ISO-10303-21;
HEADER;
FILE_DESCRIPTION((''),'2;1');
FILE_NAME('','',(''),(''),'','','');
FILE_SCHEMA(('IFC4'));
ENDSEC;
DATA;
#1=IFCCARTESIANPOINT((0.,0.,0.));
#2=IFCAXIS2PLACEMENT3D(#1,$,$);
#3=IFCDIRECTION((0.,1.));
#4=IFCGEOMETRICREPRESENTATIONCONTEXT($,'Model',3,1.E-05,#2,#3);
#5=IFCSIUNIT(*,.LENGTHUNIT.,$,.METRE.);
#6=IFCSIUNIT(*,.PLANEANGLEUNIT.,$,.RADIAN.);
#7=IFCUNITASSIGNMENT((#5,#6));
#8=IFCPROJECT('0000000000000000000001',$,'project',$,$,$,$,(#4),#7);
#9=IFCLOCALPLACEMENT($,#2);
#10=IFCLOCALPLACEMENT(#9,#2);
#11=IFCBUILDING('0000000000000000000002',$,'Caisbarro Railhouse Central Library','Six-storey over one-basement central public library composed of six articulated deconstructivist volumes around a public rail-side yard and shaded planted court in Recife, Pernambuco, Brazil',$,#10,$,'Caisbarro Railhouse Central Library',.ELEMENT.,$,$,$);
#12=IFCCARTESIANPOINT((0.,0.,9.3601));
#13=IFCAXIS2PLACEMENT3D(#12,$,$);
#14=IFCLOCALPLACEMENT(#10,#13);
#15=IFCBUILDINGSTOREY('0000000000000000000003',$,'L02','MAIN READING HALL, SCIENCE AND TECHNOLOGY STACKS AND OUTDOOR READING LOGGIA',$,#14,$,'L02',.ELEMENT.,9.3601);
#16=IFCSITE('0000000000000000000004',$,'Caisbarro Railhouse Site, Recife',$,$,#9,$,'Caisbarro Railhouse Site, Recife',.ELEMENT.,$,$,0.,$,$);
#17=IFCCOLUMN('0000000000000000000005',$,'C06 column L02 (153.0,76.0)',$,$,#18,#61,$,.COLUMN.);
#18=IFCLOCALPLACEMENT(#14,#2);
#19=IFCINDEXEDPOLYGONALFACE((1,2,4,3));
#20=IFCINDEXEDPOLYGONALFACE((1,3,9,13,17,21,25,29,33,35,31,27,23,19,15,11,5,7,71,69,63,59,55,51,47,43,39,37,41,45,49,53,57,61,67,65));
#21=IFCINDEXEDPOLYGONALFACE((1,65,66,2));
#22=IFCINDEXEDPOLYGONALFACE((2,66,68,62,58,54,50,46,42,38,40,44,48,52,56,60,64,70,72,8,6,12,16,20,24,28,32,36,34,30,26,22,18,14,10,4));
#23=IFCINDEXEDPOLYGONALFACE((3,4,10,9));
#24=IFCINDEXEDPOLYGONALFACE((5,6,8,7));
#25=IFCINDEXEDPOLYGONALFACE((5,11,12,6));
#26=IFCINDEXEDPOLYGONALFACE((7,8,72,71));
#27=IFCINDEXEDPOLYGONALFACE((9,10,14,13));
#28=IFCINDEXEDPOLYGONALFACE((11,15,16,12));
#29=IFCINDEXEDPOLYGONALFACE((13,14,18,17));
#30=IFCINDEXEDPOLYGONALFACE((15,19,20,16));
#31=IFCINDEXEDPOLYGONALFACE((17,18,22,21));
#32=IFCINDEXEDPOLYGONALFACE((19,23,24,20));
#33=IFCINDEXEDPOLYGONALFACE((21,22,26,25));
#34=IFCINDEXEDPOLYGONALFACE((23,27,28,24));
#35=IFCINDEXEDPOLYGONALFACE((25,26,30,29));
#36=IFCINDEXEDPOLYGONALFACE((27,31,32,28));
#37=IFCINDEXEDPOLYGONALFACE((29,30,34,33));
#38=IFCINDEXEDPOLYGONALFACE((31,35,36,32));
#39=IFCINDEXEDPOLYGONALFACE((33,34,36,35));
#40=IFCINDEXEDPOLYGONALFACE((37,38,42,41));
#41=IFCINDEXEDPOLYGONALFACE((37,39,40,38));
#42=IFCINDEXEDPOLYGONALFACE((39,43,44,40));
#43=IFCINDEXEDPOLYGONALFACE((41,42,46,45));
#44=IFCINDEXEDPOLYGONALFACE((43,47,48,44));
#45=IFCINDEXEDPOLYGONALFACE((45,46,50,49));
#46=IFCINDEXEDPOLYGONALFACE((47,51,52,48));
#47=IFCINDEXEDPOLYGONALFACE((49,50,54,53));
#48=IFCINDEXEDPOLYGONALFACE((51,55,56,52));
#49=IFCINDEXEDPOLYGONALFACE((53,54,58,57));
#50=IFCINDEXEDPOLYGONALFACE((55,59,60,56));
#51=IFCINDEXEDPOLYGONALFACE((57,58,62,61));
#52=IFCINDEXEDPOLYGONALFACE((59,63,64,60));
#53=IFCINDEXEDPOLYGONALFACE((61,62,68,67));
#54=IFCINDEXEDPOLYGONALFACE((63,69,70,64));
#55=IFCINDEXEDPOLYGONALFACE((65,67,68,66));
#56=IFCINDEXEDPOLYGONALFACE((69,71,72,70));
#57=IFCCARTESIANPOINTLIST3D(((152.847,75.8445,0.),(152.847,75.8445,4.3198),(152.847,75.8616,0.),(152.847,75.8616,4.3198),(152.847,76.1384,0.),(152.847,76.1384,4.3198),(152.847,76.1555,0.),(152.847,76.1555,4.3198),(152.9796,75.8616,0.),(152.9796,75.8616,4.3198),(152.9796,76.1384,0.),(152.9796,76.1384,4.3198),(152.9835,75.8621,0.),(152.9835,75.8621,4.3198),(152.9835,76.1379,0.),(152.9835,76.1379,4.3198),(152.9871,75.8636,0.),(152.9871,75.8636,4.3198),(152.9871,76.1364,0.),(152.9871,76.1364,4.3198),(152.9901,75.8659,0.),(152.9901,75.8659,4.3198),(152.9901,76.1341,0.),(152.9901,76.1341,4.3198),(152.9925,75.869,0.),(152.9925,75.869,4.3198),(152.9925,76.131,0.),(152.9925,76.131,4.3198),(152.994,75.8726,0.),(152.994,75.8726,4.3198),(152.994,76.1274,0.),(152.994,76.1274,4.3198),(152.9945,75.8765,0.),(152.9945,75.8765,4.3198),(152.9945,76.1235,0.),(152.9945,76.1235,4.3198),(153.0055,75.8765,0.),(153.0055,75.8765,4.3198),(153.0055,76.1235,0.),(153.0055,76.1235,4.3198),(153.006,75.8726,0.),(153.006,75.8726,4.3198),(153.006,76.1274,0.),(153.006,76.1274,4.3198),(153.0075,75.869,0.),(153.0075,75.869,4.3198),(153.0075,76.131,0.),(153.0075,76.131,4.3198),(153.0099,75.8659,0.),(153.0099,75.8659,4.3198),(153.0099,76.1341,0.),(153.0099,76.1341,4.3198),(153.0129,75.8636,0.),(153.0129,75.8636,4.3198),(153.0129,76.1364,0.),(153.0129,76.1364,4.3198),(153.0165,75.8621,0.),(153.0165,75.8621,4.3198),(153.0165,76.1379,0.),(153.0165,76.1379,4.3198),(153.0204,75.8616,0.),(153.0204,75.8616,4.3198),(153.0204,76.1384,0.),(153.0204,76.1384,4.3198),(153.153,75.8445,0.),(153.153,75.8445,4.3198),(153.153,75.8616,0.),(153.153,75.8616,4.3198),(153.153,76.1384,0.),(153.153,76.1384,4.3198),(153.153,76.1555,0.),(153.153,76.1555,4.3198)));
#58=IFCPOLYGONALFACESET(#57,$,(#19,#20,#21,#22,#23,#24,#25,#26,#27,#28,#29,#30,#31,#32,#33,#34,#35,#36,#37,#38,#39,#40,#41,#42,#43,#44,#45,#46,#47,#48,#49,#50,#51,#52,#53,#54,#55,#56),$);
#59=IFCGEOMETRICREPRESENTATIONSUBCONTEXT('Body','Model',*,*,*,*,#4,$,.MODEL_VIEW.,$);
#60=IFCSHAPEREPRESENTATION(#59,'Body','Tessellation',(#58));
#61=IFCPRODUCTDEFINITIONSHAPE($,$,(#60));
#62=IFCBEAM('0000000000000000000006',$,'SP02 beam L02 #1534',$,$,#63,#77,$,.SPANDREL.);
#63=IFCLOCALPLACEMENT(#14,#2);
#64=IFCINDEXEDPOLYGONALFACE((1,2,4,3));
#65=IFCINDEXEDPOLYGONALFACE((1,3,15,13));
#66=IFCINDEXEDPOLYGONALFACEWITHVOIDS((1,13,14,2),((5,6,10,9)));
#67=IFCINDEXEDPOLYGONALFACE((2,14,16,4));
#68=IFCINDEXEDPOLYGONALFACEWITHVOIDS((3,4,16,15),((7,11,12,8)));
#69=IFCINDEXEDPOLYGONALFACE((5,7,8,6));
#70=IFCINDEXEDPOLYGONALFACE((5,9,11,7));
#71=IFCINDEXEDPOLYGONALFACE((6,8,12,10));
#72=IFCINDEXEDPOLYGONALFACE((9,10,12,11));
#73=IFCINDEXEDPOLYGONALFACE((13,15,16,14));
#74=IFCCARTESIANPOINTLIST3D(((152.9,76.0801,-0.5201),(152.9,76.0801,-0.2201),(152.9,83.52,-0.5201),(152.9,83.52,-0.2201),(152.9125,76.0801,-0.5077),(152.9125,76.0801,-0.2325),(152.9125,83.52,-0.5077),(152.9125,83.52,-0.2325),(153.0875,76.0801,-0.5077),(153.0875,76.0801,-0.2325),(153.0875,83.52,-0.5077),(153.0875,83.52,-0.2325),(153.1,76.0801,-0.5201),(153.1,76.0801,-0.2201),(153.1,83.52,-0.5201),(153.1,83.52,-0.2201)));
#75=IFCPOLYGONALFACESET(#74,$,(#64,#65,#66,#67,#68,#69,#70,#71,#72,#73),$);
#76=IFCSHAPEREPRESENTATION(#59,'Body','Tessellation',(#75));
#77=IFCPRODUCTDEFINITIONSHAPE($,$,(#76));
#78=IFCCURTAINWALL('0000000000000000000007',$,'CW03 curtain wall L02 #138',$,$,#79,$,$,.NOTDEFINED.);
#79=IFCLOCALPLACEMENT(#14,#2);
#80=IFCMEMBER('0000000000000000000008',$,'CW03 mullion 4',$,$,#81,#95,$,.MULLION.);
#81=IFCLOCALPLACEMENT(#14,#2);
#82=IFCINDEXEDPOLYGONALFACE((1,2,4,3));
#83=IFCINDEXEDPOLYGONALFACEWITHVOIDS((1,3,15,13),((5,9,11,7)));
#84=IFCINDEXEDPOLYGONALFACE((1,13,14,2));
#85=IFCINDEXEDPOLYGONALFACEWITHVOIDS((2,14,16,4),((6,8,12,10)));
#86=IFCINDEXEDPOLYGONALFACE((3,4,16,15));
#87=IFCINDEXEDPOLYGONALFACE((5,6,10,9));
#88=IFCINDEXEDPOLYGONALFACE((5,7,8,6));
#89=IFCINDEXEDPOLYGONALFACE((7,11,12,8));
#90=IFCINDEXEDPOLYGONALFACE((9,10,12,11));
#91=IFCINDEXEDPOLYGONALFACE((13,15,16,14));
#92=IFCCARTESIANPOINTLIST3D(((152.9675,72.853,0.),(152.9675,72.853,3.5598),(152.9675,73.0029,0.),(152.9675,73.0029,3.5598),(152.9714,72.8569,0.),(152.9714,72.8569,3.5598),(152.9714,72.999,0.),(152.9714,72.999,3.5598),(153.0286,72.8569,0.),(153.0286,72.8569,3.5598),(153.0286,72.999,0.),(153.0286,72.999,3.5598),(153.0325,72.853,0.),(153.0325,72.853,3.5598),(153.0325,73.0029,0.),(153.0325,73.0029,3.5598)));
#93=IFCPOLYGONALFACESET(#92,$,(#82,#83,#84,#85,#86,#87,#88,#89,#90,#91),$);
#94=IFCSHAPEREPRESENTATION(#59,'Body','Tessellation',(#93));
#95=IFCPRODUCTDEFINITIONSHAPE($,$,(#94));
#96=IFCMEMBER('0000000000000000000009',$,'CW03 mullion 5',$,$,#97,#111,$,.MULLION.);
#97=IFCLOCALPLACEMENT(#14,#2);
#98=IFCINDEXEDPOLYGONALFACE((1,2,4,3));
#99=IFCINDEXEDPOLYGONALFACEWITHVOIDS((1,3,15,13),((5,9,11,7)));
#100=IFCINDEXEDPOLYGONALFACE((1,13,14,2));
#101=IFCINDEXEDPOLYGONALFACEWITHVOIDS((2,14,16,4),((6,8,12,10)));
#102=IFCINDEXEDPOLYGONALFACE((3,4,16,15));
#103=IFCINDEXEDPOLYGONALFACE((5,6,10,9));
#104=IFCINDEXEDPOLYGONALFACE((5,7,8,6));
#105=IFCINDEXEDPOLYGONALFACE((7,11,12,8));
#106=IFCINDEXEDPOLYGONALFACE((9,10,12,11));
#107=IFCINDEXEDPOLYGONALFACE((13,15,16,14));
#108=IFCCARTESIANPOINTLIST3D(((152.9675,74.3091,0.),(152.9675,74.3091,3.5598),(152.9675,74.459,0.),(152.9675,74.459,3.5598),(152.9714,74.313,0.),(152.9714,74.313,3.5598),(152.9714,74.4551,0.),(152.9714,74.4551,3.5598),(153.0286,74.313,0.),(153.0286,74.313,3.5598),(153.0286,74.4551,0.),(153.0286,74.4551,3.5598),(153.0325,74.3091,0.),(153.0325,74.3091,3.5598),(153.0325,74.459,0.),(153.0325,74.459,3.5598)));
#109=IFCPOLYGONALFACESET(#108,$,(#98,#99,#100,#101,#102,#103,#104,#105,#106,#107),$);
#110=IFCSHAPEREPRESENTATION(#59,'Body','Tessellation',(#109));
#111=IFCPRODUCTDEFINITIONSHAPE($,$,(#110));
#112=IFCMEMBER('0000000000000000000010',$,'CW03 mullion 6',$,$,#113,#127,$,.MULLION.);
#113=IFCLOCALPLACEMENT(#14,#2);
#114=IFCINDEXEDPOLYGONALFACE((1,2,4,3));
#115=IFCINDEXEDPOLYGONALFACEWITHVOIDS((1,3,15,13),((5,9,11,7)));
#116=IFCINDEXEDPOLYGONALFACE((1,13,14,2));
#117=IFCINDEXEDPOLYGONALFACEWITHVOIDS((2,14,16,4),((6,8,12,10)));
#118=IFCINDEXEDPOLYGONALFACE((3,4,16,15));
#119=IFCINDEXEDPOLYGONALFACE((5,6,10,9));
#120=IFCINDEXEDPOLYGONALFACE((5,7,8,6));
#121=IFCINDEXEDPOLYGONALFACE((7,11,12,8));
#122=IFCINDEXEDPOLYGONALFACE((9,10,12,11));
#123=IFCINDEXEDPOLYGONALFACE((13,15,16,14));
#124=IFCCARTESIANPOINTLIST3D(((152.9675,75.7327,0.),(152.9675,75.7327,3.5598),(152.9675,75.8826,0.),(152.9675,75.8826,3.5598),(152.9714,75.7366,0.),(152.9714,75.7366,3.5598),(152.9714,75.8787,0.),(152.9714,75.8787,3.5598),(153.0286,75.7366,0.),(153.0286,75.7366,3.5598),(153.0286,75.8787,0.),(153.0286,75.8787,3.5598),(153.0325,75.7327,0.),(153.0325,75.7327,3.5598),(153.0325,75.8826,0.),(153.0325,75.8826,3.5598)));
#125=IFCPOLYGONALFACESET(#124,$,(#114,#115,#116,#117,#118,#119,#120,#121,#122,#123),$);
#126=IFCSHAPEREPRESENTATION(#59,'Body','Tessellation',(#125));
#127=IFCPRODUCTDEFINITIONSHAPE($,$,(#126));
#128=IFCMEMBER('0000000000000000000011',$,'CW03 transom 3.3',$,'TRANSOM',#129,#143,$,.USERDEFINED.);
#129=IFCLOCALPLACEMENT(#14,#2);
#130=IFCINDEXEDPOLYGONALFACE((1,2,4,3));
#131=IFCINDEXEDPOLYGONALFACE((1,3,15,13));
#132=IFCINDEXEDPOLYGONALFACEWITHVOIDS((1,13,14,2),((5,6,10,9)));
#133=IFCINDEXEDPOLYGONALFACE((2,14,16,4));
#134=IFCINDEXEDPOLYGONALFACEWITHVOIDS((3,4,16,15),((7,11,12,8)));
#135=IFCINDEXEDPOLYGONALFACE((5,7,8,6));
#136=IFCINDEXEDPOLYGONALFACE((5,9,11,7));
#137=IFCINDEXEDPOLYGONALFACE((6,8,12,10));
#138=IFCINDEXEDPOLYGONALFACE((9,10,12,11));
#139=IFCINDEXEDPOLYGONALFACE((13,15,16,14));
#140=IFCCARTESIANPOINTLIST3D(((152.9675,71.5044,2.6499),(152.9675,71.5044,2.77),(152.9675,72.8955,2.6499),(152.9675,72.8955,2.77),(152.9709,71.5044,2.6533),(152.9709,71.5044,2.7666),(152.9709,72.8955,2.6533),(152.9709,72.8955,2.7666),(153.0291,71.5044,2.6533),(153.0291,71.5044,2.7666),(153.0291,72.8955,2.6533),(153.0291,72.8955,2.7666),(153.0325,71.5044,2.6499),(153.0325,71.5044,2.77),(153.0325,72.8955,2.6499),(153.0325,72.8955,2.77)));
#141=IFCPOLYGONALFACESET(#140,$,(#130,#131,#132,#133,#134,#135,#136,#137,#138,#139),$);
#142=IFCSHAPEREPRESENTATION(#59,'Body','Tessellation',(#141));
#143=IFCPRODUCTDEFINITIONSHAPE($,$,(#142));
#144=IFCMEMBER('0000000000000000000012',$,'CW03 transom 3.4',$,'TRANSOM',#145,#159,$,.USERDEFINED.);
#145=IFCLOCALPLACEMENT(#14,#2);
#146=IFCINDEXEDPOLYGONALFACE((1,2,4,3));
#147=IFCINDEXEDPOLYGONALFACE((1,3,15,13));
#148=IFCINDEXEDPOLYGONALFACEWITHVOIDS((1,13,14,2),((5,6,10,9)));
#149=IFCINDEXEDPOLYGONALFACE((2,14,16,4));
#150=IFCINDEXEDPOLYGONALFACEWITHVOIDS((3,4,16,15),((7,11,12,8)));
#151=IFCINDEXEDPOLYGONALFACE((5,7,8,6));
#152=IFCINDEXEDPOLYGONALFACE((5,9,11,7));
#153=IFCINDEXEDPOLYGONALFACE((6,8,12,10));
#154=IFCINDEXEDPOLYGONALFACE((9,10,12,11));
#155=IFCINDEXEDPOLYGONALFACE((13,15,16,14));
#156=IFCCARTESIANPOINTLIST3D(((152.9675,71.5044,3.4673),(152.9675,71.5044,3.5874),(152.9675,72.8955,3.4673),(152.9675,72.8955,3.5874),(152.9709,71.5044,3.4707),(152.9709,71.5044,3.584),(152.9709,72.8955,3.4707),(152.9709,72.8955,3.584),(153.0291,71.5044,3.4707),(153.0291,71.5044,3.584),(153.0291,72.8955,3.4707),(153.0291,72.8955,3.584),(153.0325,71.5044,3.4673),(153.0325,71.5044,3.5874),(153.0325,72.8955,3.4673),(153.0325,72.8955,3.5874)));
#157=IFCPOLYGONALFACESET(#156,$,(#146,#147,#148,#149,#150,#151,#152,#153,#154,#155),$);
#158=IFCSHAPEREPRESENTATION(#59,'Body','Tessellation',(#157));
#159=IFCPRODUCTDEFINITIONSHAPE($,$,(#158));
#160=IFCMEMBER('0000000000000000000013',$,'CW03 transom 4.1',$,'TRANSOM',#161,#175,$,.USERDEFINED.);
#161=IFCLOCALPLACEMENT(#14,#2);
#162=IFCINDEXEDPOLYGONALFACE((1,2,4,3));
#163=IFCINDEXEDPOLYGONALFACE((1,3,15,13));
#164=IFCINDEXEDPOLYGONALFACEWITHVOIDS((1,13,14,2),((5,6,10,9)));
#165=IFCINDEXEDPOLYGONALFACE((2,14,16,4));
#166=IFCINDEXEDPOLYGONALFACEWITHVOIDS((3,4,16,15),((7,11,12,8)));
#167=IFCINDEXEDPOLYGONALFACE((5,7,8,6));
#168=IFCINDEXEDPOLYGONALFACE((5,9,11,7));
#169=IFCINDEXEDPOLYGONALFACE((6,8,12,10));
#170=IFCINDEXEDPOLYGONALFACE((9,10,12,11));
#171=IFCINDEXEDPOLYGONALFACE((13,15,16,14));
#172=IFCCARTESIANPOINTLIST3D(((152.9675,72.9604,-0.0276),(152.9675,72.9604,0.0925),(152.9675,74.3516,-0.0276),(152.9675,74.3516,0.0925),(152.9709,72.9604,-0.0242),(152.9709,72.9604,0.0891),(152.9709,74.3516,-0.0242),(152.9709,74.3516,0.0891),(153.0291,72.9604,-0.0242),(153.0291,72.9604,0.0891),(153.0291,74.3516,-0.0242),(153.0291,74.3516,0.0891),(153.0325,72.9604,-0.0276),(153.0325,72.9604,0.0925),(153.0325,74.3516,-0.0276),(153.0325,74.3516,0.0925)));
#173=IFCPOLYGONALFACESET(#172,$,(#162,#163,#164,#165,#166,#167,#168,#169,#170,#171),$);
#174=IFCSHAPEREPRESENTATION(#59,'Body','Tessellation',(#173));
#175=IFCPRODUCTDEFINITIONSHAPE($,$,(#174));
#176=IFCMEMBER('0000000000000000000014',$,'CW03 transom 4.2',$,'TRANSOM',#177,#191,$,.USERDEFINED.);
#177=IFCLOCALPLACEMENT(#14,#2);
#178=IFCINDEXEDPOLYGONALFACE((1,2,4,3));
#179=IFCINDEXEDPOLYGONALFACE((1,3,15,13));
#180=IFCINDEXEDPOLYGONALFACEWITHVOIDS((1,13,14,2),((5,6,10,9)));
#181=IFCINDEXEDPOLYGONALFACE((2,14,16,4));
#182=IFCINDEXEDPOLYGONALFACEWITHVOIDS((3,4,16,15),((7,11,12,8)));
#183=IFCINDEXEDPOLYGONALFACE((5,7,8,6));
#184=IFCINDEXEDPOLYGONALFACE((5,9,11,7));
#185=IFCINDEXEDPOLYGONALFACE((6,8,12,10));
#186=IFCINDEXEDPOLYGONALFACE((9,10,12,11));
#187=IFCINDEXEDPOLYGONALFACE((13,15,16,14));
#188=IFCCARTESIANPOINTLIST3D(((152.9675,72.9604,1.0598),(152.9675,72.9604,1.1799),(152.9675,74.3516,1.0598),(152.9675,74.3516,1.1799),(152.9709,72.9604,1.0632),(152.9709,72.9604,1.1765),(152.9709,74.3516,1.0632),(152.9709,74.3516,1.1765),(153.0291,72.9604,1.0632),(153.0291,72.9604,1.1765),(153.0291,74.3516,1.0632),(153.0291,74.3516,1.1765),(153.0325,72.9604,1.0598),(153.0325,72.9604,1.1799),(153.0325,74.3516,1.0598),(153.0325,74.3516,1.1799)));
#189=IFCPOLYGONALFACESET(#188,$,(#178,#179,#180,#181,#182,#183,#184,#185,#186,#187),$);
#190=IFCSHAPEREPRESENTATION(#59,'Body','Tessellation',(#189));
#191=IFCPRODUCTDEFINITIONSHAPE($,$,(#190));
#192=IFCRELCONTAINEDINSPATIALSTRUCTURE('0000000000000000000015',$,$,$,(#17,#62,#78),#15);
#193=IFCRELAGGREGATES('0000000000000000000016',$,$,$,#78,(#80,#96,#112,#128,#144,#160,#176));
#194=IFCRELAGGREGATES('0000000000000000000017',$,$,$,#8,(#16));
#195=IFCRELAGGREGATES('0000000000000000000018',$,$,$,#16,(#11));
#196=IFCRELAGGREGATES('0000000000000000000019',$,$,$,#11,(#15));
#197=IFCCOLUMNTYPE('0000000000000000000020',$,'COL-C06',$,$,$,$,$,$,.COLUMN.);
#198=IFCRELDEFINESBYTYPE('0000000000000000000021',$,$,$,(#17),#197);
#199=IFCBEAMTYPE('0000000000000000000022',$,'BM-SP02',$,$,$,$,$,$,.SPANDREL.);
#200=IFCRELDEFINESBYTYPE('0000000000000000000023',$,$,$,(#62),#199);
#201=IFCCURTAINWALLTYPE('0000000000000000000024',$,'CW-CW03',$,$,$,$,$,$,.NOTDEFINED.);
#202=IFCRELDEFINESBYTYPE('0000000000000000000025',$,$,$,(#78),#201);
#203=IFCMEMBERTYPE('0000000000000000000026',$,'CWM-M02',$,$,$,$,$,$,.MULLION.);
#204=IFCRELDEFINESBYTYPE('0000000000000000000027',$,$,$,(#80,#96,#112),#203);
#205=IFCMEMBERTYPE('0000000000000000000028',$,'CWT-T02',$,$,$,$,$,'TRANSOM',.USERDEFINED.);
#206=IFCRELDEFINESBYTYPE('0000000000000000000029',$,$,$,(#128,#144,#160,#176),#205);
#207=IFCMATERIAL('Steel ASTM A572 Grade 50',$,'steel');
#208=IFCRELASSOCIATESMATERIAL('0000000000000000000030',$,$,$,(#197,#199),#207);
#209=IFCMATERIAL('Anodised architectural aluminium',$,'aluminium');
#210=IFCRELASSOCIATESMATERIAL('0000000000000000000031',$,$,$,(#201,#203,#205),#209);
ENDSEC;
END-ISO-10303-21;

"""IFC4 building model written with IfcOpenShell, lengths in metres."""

from ifc_helpers import new_model, si_unit, direction, frame, origin, origin_2d, place, context, subcontext, project, spatial, hollow_rectangle, i_section, extrude, material, material_profile, profile_set, type_object, element, aggregate, save


model = new_model("IFC4")

# Units and contexts
model_context = context("Model", 3, precision=1e-05, world=origin(), true_north=direction((0.0, 1.0)))
body_context = subcontext(model_context, "Body", "Model", "MODEL_VIEW")
ifc_project = project(units=[si_unit("LENGTHUNIT", "METRE"), si_unit("PLANEANGLEUNIT", "RADIAN")], contexts=[model_context])

# Site, building, storey
site_placement = place(None, origin())
site = spatial("IfcSite", under=ifc_project, at=site_placement, Name="Caisbarro Railhouse Site, Recife", LongName="Caisbarro Railhouse Site, Recife", CompositionType="ELEMENT", RefElevation=0.0)
building_placement = place(site_placement, origin())
building = spatial("IfcBuilding", under=site, at=building_placement, Name="Caisbarro Railhouse Central Library", Description="Six-storey over one-basement central public library composed of six articulated deconstructivist volumes around a public rail-side yard and shaded planted court in Recife, Pernambuco, Brazil", LongName="Caisbarro Railhouse Central Library", CompositionType="ELEMENT")
storey_placement = place(building_placement, frame((0.0, 0.0, 9.3601)))
storey = spatial("IfcBuildingStorey", under=building, at=storey_placement, Name="L02", Description="MAIN READING HALL, SCIENCE AND TECHNOLOGY STACKS AND OUTDOOR READING LOGGIA", LongName="L02", CompositionType="ELEMENT", Elevation=9.3601)

# Column
ifc_material_1 = material(Name="Steel ASTM A572 Grade 50", Category="steel")
ifc_material_profile_1 = material_profile(ifc_material_1, i_section(OverallWidth=0.3059, OverallDepth=0.311, WebThickness=0.011, FlangeThickness=0.0171, FilletRadius=0.0149, at=origin_2d()), Name="W310X107.0")
ifc_profile_set_1 = profile_set([ifc_material_profile_1], Name="Steel ASTM A572 Grade 50")
column_type = type_object("IfcColumnType", Name="COL-C06", PredefinedType="COLUMN", material=ifc_profile_set_1)
column_placement = place(storey_placement, frame((153.0, 76.0, 0.0), z_axis=(0.0, 0.0, 1.0), x_axis=(1.0, 0.0, 0.0)))
element("IfcColumn", 1, at=column_placement, inside=storey, type_object=column_type, Name="C06 column L02 (153.0,76.0)", PredefinedType="COLUMN", context=body_context, shape_type="SweptSolid", body=[
    extrude(i_section(OverallWidth=0.3059, OverallDepth=0.311, WebThickness=0.011, FlangeThickness=0.0171, FilletRadius=0.0149, at=origin_2d()), origin(), (0.0, 0.0, 1.0), 4.3198),
])

# Beam
ifc_material_profile_2 = material_profile(ifc_material_1, hollow_rectangle(XDim=0.2, YDim=0.3, WallThickness=0.0125, at=origin_2d()), Name="HSS300X200X12.5")
ifc_profile_set_2 = profile_set([ifc_material_profile_2], Name="Steel ASTM A572 Grade 50")
beam_type = type_object("IfcBeamType", Name="BM-SP02", PredefinedType="SPANDREL", material=ifc_profile_set_2)
beam_placement = place(storey_placement, frame((153.0, 76.0801, -0.3701), z_axis=(0.0, 1.0, 0.0), x_axis=(-1.0, 0.0, 0.0)))
element("IfcBeam", 2, at=beam_placement, inside=storey, type_object=beam_type, Name="SP02 beam L02 #1534", PredefinedType="SPANDREL", context=body_context, shape_type="SweptSolid", body=[
    extrude(hollow_rectangle(XDim=0.2, YDim=0.3, WallThickness=0.0125, at=origin_2d()), origin(), (0.0, 0.0, 1.0), 7.4399),
])

# Curtain wall, members
ifc_material_2 = material(Name="Anodised architectural aluminium", Category="aluminium")
curtain_wall_type = type_object("IfcCurtainWallType", Name="CW-CW03", PredefinedType="NOTDEFINED", material=ifc_material_2)
curtain_wall_placement = place(storey_placement, origin())
curtain_wall = element("IfcCurtainWall", 3, at=curtain_wall_placement, inside=storey, type_object=curtain_wall_type, Name="CW03 curtain wall L02 #138", PredefinedType="NOTDEFINED")
ifc_material_profile_3 = material_profile(ifc_material_2, hollow_rectangle(XDim=0.0649, YDim=0.1499, WallThickness=0.0039, at=origin_2d()), Name="ALU-MUL-65X150")
ifc_profile_set_3 = profile_set([ifc_material_profile_3], Name="Anodised architectural aluminium")
member_type_1 = type_object("IfcMemberType", Name="CWM-M02", PredefinedType="MULLION", material=ifc_profile_set_3)
member_1_placement = place(storey_placement, frame((153.0, 72.928, 0.0), z_axis=(0.0, 0.0, 1.0), x_axis=(-1.0, 0.0, 0.0)))
member_1 = element("IfcMember", 4, at=member_1_placement, type_object=member_type_1, Name="CW03 mullion 4", PredefinedType="MULLION", context=body_context, shape_type="SweptSolid", body=[
    extrude(hollow_rectangle(XDim=0.0649, YDim=0.1499, WallThickness=0.0039, at=origin_2d()), origin(), (0.0, 0.0, 1.0), 3.5598),
])
member_2_placement = place(storey_placement, frame((153.0, 74.384, 0.0), z_axis=(0.0, 0.0, 1.0), x_axis=(-1.0, 0.0, 0.0)))
member_2 = element("IfcMember", 5, at=member_2_placement, type_object=member_type_1, Name="CW03 mullion 5", PredefinedType="MULLION", context=body_context, shape_type="SweptSolid", body=[
    extrude(hollow_rectangle(XDim=0.0649, YDim=0.1499, WallThickness=0.0039, at=origin_2d()), origin(), (0.0, 0.0, 1.0), 3.5598),
])
member_3_placement = place(storey_placement, frame((153.0, 75.8076, 0.0), z_axis=(0.0, 0.0, 1.0), x_axis=(-1.0, 0.0, 0.0)))
member_3 = element("IfcMember", 6, at=member_3_placement, type_object=member_type_1, Name="CW03 mullion 6", PredefinedType="MULLION", context=body_context, shape_type="SweptSolid", body=[
    extrude(hollow_rectangle(XDim=0.0649, YDim=0.1499, WallThickness=0.0039, at=origin_2d()), origin(), (0.0, 0.0, 1.0), 3.5598),
])
ifc_material_profile_4 = material_profile(ifc_material_2, hollow_rectangle(XDim=0.0649, YDim=0.1201, WallThickness=0.0034, at=origin_2d()), Name="ALU-TRN-65X120")
ifc_profile_set_4 = profile_set([ifc_material_profile_4], Name="Anodised architectural aluminium")
member_type_2 = type_object("IfcMemberType", Name="CWT-T02", ElementType="TRANSOM", PredefinedType="USERDEFINED", material=ifc_profile_set_4)
member_4_placement = place(storey_placement, frame((153.0, 71.5044, 2.71), z_axis=(0.0, 1.0, 0.0), x_axis=(-1.0, 0.0, 0.0)))
member_4 = element("IfcMember", 7, at=member_4_placement, type_object=member_type_2, Name="CW03 transom 3.3", ObjectType="TRANSOM", PredefinedType="USERDEFINED", context=body_context, shape_type="SweptSolid", body=[
    extrude(hollow_rectangle(XDim=0.0649, YDim=0.1201, WallThickness=0.0034, at=origin_2d()), origin(), (0.0, 0.0, 1.0), 1.3911),
])
member_5_placement = place(storey_placement, frame((153.0, 71.5044, 3.5273), z_axis=(0.0, 1.0, 0.0), x_axis=(-1.0, 0.0, 0.0)))
member_5 = element("IfcMember", 8, at=member_5_placement, type_object=member_type_2, Name="CW03 transom 3.4", ObjectType="TRANSOM", PredefinedType="USERDEFINED", context=body_context, shape_type="SweptSolid", body=[
    extrude(hollow_rectangle(XDim=0.0649, YDim=0.1201, WallThickness=0.0034, at=origin_2d()), origin(), (0.0, 0.0, 1.0), 1.3911),
])
member_6_placement = place(storey_placement, frame((153.0, 72.9604, 0.0325), z_axis=(0.0, 1.0, 0.0), x_axis=(-1.0, 0.0, 0.0)))
member_6 = element("IfcMember", 9, at=member_6_placement, type_object=member_type_2, Name="CW03 transom 4.1", ObjectType="TRANSOM", PredefinedType="USERDEFINED", context=body_context, shape_type="SweptSolid", body=[
    extrude(hollow_rectangle(XDim=0.0649, YDim=0.1201, WallThickness=0.0034, at=origin_2d()), origin(), (0.0, 0.0, 1.0), 1.3911),
])
member_7_placement = place(storey_placement, frame((153.0, 72.9604, 1.1199), z_axis=(0.0, 1.0, 0.0), x_axis=(-1.0, 0.0, 0.0)))
member_7 = element("IfcMember", 10, at=member_7_placement, type_object=member_type_2, Name="CW03 transom 4.2", ObjectType="TRANSOM", PredefinedType="USERDEFINED", context=body_context, shape_type="SweptSolid", body=[
    extrude(hollow_rectangle(XDim=0.0649, YDim=0.1201, WallThickness=0.0034, at=origin_2d()), origin(), (0.0, 0.0, 1.0), 1.3911),
])

aggregate(curtain_wall, [member_1, member_2, member_3, member_4, member_5, member_6, member_7])

save(model, "model.ifc")
